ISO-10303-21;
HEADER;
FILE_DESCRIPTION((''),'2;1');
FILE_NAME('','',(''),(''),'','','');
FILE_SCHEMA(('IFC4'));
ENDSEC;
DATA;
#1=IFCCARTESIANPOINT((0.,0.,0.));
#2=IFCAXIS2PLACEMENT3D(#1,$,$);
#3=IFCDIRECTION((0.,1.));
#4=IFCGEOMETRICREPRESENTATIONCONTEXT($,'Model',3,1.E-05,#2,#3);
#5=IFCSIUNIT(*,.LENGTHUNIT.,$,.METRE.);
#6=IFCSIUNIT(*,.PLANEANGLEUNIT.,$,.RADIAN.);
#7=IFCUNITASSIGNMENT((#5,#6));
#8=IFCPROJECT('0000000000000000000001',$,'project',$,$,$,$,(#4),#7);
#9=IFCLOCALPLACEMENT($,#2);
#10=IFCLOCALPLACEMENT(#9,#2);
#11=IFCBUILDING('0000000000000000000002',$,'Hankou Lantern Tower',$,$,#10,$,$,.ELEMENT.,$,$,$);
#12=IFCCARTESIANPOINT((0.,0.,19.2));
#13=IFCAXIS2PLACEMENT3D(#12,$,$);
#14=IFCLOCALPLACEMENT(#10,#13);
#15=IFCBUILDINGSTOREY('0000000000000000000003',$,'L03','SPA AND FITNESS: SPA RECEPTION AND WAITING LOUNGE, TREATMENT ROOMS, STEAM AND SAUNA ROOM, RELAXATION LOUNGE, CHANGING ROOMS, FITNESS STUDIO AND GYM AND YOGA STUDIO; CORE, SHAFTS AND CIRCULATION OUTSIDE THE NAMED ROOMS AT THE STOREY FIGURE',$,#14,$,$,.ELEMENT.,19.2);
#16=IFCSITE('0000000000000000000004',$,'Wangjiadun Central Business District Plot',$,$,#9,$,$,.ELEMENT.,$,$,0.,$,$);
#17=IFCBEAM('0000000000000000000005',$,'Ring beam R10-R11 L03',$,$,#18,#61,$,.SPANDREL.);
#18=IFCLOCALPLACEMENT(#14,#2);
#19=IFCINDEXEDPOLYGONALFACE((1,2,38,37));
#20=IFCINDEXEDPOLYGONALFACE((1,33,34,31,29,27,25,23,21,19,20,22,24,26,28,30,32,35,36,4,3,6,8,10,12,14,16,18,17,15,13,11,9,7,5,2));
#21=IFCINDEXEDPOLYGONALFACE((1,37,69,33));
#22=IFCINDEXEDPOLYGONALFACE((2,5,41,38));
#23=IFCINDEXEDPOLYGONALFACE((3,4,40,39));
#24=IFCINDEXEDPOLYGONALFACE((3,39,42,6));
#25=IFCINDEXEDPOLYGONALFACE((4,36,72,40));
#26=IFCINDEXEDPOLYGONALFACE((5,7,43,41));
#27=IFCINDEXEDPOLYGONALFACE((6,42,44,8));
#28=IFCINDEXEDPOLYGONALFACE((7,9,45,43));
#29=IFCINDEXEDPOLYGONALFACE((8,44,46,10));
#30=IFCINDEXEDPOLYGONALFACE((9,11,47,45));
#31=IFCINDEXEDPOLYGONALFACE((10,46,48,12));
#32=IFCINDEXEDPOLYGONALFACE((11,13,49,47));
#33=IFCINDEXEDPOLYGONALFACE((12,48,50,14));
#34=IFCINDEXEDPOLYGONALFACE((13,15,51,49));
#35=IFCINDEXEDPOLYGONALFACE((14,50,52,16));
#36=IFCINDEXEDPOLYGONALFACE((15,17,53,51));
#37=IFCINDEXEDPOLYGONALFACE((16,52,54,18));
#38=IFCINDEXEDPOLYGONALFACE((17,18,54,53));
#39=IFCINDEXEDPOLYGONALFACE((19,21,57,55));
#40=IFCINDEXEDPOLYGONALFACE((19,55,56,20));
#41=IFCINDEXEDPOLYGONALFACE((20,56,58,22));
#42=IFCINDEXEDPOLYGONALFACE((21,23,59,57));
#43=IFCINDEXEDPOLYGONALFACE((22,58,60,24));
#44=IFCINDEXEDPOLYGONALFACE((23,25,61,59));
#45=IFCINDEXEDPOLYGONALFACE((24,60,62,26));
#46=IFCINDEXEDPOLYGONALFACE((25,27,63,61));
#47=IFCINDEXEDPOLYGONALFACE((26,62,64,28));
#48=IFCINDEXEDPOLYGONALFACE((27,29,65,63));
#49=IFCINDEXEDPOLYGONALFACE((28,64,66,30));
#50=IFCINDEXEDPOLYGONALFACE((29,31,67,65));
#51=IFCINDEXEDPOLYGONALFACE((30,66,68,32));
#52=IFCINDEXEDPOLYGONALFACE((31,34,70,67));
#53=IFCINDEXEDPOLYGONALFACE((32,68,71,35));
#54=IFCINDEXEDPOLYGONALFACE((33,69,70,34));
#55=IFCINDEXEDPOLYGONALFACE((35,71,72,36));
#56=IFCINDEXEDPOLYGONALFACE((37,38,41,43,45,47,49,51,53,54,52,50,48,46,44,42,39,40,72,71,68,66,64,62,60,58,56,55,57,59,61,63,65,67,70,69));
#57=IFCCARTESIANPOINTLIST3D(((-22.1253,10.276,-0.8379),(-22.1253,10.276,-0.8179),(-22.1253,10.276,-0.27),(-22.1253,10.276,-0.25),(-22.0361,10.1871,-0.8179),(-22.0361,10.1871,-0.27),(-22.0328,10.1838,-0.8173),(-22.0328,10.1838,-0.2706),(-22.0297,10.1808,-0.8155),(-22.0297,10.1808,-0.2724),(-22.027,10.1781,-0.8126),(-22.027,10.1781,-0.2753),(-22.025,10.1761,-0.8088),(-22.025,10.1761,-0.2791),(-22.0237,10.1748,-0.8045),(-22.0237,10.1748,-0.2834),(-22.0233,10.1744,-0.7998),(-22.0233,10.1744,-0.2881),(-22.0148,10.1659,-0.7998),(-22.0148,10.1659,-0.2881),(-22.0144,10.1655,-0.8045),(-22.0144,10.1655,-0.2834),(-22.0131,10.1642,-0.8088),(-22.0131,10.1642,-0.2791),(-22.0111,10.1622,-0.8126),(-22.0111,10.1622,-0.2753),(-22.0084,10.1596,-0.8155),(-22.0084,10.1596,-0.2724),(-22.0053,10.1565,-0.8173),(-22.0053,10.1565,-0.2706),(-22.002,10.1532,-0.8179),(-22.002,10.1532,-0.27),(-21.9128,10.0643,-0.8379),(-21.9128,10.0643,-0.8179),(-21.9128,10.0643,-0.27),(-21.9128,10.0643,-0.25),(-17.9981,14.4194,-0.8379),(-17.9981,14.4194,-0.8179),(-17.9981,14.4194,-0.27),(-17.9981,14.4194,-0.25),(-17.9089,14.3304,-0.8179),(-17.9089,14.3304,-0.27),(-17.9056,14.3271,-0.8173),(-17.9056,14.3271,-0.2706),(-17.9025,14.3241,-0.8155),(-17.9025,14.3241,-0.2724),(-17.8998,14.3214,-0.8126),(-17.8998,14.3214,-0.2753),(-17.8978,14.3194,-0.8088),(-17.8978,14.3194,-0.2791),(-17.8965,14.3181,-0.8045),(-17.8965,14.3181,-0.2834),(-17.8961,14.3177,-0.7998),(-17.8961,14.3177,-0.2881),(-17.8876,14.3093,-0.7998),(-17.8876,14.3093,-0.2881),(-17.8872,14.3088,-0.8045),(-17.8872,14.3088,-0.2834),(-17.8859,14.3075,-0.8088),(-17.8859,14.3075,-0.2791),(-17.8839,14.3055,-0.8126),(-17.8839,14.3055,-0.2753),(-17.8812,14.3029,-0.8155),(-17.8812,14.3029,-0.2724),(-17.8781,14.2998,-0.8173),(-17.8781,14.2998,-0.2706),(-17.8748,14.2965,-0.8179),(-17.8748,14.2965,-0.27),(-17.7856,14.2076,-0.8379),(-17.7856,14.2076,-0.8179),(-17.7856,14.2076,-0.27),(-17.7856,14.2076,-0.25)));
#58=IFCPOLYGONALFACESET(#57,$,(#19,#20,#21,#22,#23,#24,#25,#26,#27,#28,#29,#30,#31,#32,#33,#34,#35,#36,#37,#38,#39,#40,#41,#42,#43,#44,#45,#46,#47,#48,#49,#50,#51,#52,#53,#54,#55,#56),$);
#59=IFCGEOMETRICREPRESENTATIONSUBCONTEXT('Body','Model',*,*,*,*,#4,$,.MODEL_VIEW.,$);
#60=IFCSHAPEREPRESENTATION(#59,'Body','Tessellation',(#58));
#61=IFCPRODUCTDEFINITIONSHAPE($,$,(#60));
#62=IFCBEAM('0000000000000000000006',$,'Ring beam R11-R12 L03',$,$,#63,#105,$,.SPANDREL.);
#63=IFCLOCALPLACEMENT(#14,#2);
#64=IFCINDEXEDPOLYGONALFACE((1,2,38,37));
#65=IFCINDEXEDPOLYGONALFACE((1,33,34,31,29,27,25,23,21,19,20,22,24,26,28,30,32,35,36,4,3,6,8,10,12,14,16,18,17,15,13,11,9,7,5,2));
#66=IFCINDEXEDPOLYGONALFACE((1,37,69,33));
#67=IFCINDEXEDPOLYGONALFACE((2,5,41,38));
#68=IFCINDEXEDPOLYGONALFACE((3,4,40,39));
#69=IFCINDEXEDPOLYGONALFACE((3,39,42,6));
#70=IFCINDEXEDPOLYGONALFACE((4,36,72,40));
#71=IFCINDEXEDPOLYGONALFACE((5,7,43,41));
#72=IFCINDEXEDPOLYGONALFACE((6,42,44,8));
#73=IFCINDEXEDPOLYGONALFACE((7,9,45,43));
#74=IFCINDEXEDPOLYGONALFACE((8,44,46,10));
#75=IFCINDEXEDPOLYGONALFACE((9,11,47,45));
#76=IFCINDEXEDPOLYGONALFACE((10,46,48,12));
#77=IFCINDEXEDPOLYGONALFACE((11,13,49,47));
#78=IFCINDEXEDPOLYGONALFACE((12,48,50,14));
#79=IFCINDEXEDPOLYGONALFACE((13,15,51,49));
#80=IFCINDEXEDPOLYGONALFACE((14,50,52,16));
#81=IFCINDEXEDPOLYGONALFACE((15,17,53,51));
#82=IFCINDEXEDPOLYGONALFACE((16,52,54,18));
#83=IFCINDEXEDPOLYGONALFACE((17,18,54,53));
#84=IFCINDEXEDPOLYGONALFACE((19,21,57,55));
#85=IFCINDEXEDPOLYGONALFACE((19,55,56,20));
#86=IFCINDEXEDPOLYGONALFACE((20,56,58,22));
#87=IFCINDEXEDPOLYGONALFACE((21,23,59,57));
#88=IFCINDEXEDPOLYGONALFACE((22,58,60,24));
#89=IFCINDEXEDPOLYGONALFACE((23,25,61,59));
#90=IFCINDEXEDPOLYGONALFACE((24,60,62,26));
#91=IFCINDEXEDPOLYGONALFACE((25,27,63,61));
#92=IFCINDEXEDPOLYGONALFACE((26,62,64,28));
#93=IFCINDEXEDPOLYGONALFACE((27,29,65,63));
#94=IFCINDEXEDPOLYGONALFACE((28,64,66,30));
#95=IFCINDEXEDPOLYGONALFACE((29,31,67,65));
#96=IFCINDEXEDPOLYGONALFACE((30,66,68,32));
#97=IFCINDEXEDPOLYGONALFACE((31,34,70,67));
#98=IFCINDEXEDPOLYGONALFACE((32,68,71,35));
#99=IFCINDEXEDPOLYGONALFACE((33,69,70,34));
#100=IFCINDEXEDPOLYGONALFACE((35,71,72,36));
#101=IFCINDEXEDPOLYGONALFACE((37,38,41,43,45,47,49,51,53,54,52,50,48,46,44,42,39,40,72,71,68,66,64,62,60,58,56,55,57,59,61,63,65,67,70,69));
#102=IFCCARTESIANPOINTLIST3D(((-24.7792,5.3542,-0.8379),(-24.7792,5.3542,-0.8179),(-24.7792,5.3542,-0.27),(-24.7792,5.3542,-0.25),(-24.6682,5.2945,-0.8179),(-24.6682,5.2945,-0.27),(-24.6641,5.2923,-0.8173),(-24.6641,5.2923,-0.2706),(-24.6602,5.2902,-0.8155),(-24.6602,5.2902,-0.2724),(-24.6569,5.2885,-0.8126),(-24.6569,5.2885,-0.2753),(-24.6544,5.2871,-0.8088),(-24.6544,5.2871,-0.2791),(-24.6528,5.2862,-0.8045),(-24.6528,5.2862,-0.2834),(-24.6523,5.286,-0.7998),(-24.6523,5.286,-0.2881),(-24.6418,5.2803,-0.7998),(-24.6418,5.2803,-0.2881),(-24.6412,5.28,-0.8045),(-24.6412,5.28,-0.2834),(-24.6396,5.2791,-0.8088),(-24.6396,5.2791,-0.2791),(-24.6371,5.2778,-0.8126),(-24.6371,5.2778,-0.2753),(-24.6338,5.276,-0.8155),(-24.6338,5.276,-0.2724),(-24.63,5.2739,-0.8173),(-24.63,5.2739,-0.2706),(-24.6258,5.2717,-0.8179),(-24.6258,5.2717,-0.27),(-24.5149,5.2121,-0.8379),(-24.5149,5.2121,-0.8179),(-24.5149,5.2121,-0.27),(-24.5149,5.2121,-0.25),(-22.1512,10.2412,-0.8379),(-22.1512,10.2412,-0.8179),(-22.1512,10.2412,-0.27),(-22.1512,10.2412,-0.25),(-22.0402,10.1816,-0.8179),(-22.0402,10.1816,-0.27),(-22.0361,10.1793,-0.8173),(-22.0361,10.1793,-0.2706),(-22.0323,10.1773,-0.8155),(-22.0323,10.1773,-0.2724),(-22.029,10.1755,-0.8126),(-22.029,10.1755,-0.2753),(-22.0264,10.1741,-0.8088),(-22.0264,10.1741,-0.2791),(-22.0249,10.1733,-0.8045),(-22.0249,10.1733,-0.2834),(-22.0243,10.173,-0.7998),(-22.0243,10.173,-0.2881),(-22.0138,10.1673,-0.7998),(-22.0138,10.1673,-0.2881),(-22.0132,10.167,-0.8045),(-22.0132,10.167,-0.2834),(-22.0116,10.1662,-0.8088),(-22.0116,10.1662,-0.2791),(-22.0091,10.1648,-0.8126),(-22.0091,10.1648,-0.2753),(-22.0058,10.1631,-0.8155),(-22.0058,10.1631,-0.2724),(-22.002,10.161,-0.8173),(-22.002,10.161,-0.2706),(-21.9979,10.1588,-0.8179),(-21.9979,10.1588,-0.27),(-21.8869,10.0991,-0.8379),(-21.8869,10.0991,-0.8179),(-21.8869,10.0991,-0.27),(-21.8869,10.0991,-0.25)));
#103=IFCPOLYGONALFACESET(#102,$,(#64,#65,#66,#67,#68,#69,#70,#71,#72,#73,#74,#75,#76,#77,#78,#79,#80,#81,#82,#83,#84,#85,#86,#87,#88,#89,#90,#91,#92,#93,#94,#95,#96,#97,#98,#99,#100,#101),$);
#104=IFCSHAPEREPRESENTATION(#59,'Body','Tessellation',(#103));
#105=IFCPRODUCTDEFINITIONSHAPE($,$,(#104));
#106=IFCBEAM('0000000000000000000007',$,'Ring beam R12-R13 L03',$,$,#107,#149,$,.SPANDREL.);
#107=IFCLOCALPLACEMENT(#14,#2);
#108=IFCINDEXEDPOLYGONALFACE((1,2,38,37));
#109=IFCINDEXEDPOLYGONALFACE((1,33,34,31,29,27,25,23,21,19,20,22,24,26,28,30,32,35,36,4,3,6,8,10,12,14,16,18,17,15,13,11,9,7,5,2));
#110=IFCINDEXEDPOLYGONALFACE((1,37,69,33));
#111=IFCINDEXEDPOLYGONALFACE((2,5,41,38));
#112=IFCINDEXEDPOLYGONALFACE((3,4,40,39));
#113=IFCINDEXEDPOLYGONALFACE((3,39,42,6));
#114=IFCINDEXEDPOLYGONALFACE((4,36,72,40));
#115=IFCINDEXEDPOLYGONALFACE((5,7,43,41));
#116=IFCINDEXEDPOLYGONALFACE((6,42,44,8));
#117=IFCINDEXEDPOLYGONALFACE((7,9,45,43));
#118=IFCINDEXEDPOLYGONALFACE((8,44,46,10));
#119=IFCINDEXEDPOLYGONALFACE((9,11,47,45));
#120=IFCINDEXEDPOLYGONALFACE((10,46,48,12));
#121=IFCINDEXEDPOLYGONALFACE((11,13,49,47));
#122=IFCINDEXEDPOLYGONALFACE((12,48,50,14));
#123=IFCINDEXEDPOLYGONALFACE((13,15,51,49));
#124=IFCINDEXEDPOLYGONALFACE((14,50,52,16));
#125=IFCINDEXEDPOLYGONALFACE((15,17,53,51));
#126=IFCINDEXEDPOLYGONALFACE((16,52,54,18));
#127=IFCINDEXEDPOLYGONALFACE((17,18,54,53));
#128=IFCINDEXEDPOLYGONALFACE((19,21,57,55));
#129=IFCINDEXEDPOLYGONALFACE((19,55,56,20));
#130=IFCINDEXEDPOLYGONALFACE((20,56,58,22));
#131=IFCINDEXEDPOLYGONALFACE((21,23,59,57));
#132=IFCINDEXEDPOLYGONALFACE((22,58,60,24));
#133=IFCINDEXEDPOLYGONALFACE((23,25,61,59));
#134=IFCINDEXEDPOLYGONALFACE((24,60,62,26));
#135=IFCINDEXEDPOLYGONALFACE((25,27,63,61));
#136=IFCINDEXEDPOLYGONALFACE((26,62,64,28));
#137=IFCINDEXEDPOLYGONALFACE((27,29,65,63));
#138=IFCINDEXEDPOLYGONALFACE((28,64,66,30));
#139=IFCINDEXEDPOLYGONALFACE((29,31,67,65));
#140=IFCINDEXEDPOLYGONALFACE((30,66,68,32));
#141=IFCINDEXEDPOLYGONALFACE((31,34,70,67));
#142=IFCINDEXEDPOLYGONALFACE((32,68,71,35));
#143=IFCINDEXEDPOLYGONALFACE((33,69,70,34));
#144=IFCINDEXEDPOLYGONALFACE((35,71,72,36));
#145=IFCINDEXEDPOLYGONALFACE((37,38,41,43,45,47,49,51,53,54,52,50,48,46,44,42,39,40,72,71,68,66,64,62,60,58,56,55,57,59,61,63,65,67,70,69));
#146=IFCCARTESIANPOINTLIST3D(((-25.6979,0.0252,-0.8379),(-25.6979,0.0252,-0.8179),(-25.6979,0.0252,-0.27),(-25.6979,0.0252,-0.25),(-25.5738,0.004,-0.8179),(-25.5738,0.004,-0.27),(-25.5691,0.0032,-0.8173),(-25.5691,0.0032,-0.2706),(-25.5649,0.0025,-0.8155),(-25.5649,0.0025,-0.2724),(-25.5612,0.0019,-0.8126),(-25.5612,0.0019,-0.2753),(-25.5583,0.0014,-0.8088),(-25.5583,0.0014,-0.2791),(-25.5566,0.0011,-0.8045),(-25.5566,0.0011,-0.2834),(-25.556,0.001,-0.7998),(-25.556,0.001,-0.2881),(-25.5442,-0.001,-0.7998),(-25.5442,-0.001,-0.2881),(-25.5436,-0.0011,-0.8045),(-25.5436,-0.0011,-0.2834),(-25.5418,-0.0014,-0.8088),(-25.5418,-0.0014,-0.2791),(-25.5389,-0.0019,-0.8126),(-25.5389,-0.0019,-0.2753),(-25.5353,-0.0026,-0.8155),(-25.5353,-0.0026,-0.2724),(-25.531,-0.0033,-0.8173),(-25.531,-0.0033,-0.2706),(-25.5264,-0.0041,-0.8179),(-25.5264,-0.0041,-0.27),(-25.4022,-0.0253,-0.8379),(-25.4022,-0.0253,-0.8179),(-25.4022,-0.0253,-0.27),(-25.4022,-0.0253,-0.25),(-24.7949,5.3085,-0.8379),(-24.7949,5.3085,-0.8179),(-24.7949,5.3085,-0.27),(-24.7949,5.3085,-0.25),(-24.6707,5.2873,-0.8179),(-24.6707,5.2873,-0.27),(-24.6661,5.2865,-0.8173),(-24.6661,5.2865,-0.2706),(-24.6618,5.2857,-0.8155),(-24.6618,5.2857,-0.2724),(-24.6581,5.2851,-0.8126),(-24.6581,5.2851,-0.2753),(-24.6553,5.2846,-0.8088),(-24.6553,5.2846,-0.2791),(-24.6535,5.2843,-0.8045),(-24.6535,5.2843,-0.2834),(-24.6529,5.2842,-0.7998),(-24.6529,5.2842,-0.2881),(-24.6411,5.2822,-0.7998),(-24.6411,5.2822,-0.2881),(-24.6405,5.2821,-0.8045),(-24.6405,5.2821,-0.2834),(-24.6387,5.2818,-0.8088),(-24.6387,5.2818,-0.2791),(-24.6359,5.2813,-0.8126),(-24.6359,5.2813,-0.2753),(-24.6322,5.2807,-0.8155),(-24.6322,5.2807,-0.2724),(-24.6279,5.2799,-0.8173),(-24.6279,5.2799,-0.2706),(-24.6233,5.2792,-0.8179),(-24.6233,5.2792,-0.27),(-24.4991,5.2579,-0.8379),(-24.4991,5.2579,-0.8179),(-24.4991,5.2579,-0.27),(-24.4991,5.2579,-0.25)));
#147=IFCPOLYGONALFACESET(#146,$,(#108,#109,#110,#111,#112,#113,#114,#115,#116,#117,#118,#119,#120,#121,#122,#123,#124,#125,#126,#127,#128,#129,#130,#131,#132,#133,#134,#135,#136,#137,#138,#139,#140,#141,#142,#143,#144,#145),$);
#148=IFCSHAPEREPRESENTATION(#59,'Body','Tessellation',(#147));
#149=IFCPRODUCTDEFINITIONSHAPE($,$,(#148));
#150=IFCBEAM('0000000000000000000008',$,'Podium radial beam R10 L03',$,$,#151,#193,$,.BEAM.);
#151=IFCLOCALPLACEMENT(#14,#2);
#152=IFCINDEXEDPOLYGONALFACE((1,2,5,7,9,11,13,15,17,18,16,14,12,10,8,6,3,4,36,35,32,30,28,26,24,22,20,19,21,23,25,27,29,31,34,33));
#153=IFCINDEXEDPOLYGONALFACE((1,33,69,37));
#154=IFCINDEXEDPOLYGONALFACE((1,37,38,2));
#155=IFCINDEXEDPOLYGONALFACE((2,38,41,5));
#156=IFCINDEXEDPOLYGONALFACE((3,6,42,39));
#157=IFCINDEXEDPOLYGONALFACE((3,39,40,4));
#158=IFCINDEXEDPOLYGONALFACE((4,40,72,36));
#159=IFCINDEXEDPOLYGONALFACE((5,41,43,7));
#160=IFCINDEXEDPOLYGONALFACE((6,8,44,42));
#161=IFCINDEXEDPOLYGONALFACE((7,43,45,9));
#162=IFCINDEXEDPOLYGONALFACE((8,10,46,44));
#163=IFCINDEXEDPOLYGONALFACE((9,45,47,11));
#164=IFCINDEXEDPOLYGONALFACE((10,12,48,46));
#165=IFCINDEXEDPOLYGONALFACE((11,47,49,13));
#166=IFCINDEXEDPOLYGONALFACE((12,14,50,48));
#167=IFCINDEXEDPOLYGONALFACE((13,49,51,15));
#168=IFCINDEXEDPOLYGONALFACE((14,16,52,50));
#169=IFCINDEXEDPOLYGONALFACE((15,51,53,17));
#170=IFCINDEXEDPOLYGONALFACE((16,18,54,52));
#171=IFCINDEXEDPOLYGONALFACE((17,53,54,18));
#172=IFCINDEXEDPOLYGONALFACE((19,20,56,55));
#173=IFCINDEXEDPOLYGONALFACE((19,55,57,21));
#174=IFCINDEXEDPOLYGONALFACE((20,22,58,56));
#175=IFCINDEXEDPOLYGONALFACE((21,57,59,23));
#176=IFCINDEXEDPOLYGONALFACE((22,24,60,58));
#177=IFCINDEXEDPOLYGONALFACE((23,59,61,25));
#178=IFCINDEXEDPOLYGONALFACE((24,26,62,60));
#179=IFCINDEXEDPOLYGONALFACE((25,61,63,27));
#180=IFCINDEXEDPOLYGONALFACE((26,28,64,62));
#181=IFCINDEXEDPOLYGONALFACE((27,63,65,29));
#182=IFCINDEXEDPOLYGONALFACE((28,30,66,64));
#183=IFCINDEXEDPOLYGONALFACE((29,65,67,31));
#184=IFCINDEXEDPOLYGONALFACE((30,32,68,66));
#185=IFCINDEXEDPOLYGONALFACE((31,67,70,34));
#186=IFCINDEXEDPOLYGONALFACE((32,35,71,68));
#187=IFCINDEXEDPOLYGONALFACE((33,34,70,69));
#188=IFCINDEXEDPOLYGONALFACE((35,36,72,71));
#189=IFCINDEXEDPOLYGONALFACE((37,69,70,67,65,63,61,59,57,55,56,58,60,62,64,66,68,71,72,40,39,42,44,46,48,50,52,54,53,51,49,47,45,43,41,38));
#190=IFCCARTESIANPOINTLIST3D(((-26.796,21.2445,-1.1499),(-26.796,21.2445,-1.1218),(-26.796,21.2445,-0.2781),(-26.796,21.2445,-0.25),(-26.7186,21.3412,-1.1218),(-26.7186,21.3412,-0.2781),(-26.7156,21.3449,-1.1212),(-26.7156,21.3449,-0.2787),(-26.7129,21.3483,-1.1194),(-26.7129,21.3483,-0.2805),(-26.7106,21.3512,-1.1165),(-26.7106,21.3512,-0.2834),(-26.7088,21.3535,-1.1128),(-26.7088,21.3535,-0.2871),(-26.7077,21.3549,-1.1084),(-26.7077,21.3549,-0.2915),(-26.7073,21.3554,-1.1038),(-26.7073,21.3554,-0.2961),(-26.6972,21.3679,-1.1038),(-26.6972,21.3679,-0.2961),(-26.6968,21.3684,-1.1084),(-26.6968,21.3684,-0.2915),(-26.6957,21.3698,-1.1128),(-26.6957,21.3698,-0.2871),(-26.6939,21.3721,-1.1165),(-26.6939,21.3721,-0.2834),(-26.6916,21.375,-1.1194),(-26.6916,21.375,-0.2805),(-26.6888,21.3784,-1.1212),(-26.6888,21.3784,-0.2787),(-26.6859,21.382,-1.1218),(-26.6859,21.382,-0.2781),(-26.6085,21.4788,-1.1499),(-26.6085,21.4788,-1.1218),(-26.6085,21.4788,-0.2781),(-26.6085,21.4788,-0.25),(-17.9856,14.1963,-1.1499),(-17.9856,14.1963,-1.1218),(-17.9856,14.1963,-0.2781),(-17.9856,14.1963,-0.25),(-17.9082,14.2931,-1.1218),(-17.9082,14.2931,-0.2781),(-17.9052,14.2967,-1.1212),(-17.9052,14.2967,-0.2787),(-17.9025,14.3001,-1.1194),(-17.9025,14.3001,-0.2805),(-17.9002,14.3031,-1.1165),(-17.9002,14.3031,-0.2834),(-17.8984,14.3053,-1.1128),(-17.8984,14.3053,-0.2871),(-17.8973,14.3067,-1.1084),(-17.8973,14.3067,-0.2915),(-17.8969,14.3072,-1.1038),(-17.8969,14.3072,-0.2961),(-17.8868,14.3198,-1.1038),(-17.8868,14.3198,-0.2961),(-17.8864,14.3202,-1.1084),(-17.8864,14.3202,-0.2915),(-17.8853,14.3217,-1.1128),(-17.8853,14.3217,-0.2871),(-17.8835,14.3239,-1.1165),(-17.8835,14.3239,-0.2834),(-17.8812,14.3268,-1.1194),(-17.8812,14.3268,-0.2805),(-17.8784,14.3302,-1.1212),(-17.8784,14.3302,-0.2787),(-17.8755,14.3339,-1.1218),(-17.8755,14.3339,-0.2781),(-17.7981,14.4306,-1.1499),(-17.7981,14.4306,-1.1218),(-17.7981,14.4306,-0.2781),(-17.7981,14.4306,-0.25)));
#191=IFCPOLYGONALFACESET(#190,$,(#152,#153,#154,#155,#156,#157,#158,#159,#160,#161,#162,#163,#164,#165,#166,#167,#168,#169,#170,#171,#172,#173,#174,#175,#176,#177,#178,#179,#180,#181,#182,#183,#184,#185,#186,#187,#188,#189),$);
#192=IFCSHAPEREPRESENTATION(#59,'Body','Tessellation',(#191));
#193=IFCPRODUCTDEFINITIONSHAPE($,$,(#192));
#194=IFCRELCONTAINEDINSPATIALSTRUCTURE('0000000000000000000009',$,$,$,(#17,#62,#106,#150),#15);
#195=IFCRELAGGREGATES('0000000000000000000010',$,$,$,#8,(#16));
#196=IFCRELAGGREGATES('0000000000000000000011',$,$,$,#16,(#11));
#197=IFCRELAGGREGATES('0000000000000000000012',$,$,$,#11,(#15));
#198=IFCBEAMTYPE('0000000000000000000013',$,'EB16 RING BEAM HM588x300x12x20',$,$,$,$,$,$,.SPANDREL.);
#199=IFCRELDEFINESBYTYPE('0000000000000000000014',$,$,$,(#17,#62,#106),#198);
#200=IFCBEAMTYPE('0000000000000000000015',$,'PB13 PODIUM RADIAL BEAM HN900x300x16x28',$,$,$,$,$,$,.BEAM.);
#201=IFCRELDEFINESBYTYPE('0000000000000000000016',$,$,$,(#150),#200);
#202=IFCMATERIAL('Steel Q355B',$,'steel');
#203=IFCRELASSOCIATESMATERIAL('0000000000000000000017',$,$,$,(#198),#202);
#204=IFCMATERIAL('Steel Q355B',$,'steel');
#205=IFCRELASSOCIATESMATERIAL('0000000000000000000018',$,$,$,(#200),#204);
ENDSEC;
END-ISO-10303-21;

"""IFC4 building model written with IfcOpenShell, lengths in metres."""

from ifc_helpers import new_model, si_unit, direction, frame, origin, origin_2d, place, context, subcontext, project, spatial, i_section, extrude, material, material_profile, profile_set, type_object, element, save


model = new_model("IFC4")

# Units and contexts
model_context = context("Model", 3, precision=1e-05, world=origin(), true_north=direction((0.0, 1.0)))
body_context = subcontext(model_context, "Body", "Model", "MODEL_VIEW")
ifc_project = project(units=[si_unit("LENGTHUNIT", "METRE"), si_unit("PLANEANGLEUNIT", "RADIAN")], contexts=[model_context])

# Site, building, storey
site_placement = place(None, origin())
site = spatial("IfcSite", under=ifc_project, at=site_placement, Name="Wangjiadun Central Business District Plot", CompositionType="ELEMENT", RefElevation=0.0)
building_placement = place(site_placement, origin())
building = spatial("IfcBuilding", under=site, at=building_placement, Name="Hankou Lantern Tower", CompositionType="ELEMENT")
storey_placement = place(building_placement, frame((0.0, 0.0, 19.2)))
storey = spatial("IfcBuildingStorey", under=building, at=storey_placement, Name="L03", Description="SPA AND FITNESS: SPA RECEPTION AND WAITING LOUNGE, TREATMENT ROOMS, STEAM AND SAUNA ROOM, RELAXATION LOUNGE, CHANGING ROOMS, FITNESS STUDIO AND GYM AND YOGA STUDIO; CORE, SHAFTS AND CIRCULATION OUTSIDE THE NAMED ROOMS AT THE STOREY FIGURE", CompositionType="ELEMENT", Elevation=19.2)

# Beams
ifc_material_1 = material(Name="Steel Q355B", Category="steel")
ifc_material_profile_1 = material_profile(ifc_material_1, i_section(OverallWidth=0.3, OverallDepth=0.5879, WebThickness=0.012, FlangeThickness=0.02, FilletRadius=0.0181, at=origin_2d()), Name="HM588x300x12x20")
ifc_profile_set_1 = profile_set([ifc_material_profile_1], Name="Steel Q355B")
beam_type_1 = type_object("IfcBeamType", Name="EB16 RING BEAM HM588x300x12x20", PredefinedType="SPANDREL", material=ifc_profile_set_1)
beam_1_placement = place(storey_placement, frame((-17.8918, 14.3135, -0.5439), z_axis=(-0.705728, -0.708483, 0.0), x_axis=(0.708483, -0.705728, 0.0)))
element("IfcBeam", 1, at=beam_1_placement, inside=storey, type_object=beam_type_1, Name="Ring beam R10-R11 L03", PredefinedType="SPANDREL", context=body_context, shape_type="SweptSolid", body=[
    extrude(i_section(OverallWidth=0.3, OverallDepth=0.5879, WebThickness=0.012, FlangeThickness=0.02, FilletRadius=0.0181, at=origin_2d()), origin(), (0.0, 0.0, 1.0), 5.8481),
])
beam_2_placement = place(storey_placement, frame((-22.019, 10.1702, -0.5439), z_axis=(-0.473609, -0.880735, 0.0), x_axis=(0.880735, -0.473609, 0.0)))
element("IfcBeam", 2, at=beam_2_placement, inside=storey, type_object=beam_type_1, Name="Ring beam R11-R12 L03", PredefinedType="SPANDREL", context=body_context, shape_type="SweptSolid", body=[
    extrude(i_section(OverallWidth=0.3, OverallDepth=0.5879, WebThickness=0.012, FlangeThickness=0.02, FilletRadius=0.0181, at=origin_2d()), origin(), (0.0, 0.0, 1.0), 5.5488),
])
beam_3_placement = place(storey_placement, frame((-24.647, 5.2832, -0.5439), z_axis=(-0.16849, -0.985703, 0.0), x_axis=(0.985703, -0.16849, 0.0)))
element("IfcBeam", 3, at=beam_3_placement, inside=storey, type_object=beam_type_1, Name="Ring beam R12-R13 L03", PredefinedType="SPANDREL", context=body_context, shape_type="SweptSolid", body=[
    extrude(i_section(OverallWidth=0.3, OverallDepth=0.5879, WebThickness=0.012, FlangeThickness=0.02, FilletRadius=0.0181, at=origin_2d()), origin(), (0.0, 0.0, 1.0), 5.3599),
])
ifc_material_2 = material(Name="Steel Q355B", Category="steel")
ifc_material_profile_2 = material_profile(ifc_material_2, i_section(OverallWidth=0.3, OverallDepth=0.8999, WebThickness=0.0161, FlangeThickness=0.0281, FilletRadius=0.0181, at=origin_2d()), Name="HN900x300x16x28")
ifc_profile_set_2 = profile_set([ifc_material_profile_2], Name="Steel Q355B")
beam_type_2 = type_object("IfcBeamType", Name="PB13 PODIUM RADIAL BEAM HN900x300x16x28", PredefinedType="BEAM", material=ifc_profile_set_2)
beam_4_placement = place(storey_placement, frame((-17.8918, 14.3135, -0.7), z_axis=(-0.780875, 0.624687, 0.0), x_axis=(-0.624687, -0.780875, 0.0)))
element("IfcBeam", 4, at=beam_4_placement, inside=storey, type_object=beam_type_2, Name="Podium radial beam R10 L03", PredefinedType="BEAM", context=body_context, shape_type="SweptSolid", body=[
    extrude(i_section(OverallWidth=0.3, OverallDepth=0.8999, WebThickness=0.0161, FlangeThickness=0.0281, FilletRadius=0.0181, at=origin_2d()), origin(), (0.0, 0.0, 1.0), 11.2827),
])

save(model, "model.ifc")
